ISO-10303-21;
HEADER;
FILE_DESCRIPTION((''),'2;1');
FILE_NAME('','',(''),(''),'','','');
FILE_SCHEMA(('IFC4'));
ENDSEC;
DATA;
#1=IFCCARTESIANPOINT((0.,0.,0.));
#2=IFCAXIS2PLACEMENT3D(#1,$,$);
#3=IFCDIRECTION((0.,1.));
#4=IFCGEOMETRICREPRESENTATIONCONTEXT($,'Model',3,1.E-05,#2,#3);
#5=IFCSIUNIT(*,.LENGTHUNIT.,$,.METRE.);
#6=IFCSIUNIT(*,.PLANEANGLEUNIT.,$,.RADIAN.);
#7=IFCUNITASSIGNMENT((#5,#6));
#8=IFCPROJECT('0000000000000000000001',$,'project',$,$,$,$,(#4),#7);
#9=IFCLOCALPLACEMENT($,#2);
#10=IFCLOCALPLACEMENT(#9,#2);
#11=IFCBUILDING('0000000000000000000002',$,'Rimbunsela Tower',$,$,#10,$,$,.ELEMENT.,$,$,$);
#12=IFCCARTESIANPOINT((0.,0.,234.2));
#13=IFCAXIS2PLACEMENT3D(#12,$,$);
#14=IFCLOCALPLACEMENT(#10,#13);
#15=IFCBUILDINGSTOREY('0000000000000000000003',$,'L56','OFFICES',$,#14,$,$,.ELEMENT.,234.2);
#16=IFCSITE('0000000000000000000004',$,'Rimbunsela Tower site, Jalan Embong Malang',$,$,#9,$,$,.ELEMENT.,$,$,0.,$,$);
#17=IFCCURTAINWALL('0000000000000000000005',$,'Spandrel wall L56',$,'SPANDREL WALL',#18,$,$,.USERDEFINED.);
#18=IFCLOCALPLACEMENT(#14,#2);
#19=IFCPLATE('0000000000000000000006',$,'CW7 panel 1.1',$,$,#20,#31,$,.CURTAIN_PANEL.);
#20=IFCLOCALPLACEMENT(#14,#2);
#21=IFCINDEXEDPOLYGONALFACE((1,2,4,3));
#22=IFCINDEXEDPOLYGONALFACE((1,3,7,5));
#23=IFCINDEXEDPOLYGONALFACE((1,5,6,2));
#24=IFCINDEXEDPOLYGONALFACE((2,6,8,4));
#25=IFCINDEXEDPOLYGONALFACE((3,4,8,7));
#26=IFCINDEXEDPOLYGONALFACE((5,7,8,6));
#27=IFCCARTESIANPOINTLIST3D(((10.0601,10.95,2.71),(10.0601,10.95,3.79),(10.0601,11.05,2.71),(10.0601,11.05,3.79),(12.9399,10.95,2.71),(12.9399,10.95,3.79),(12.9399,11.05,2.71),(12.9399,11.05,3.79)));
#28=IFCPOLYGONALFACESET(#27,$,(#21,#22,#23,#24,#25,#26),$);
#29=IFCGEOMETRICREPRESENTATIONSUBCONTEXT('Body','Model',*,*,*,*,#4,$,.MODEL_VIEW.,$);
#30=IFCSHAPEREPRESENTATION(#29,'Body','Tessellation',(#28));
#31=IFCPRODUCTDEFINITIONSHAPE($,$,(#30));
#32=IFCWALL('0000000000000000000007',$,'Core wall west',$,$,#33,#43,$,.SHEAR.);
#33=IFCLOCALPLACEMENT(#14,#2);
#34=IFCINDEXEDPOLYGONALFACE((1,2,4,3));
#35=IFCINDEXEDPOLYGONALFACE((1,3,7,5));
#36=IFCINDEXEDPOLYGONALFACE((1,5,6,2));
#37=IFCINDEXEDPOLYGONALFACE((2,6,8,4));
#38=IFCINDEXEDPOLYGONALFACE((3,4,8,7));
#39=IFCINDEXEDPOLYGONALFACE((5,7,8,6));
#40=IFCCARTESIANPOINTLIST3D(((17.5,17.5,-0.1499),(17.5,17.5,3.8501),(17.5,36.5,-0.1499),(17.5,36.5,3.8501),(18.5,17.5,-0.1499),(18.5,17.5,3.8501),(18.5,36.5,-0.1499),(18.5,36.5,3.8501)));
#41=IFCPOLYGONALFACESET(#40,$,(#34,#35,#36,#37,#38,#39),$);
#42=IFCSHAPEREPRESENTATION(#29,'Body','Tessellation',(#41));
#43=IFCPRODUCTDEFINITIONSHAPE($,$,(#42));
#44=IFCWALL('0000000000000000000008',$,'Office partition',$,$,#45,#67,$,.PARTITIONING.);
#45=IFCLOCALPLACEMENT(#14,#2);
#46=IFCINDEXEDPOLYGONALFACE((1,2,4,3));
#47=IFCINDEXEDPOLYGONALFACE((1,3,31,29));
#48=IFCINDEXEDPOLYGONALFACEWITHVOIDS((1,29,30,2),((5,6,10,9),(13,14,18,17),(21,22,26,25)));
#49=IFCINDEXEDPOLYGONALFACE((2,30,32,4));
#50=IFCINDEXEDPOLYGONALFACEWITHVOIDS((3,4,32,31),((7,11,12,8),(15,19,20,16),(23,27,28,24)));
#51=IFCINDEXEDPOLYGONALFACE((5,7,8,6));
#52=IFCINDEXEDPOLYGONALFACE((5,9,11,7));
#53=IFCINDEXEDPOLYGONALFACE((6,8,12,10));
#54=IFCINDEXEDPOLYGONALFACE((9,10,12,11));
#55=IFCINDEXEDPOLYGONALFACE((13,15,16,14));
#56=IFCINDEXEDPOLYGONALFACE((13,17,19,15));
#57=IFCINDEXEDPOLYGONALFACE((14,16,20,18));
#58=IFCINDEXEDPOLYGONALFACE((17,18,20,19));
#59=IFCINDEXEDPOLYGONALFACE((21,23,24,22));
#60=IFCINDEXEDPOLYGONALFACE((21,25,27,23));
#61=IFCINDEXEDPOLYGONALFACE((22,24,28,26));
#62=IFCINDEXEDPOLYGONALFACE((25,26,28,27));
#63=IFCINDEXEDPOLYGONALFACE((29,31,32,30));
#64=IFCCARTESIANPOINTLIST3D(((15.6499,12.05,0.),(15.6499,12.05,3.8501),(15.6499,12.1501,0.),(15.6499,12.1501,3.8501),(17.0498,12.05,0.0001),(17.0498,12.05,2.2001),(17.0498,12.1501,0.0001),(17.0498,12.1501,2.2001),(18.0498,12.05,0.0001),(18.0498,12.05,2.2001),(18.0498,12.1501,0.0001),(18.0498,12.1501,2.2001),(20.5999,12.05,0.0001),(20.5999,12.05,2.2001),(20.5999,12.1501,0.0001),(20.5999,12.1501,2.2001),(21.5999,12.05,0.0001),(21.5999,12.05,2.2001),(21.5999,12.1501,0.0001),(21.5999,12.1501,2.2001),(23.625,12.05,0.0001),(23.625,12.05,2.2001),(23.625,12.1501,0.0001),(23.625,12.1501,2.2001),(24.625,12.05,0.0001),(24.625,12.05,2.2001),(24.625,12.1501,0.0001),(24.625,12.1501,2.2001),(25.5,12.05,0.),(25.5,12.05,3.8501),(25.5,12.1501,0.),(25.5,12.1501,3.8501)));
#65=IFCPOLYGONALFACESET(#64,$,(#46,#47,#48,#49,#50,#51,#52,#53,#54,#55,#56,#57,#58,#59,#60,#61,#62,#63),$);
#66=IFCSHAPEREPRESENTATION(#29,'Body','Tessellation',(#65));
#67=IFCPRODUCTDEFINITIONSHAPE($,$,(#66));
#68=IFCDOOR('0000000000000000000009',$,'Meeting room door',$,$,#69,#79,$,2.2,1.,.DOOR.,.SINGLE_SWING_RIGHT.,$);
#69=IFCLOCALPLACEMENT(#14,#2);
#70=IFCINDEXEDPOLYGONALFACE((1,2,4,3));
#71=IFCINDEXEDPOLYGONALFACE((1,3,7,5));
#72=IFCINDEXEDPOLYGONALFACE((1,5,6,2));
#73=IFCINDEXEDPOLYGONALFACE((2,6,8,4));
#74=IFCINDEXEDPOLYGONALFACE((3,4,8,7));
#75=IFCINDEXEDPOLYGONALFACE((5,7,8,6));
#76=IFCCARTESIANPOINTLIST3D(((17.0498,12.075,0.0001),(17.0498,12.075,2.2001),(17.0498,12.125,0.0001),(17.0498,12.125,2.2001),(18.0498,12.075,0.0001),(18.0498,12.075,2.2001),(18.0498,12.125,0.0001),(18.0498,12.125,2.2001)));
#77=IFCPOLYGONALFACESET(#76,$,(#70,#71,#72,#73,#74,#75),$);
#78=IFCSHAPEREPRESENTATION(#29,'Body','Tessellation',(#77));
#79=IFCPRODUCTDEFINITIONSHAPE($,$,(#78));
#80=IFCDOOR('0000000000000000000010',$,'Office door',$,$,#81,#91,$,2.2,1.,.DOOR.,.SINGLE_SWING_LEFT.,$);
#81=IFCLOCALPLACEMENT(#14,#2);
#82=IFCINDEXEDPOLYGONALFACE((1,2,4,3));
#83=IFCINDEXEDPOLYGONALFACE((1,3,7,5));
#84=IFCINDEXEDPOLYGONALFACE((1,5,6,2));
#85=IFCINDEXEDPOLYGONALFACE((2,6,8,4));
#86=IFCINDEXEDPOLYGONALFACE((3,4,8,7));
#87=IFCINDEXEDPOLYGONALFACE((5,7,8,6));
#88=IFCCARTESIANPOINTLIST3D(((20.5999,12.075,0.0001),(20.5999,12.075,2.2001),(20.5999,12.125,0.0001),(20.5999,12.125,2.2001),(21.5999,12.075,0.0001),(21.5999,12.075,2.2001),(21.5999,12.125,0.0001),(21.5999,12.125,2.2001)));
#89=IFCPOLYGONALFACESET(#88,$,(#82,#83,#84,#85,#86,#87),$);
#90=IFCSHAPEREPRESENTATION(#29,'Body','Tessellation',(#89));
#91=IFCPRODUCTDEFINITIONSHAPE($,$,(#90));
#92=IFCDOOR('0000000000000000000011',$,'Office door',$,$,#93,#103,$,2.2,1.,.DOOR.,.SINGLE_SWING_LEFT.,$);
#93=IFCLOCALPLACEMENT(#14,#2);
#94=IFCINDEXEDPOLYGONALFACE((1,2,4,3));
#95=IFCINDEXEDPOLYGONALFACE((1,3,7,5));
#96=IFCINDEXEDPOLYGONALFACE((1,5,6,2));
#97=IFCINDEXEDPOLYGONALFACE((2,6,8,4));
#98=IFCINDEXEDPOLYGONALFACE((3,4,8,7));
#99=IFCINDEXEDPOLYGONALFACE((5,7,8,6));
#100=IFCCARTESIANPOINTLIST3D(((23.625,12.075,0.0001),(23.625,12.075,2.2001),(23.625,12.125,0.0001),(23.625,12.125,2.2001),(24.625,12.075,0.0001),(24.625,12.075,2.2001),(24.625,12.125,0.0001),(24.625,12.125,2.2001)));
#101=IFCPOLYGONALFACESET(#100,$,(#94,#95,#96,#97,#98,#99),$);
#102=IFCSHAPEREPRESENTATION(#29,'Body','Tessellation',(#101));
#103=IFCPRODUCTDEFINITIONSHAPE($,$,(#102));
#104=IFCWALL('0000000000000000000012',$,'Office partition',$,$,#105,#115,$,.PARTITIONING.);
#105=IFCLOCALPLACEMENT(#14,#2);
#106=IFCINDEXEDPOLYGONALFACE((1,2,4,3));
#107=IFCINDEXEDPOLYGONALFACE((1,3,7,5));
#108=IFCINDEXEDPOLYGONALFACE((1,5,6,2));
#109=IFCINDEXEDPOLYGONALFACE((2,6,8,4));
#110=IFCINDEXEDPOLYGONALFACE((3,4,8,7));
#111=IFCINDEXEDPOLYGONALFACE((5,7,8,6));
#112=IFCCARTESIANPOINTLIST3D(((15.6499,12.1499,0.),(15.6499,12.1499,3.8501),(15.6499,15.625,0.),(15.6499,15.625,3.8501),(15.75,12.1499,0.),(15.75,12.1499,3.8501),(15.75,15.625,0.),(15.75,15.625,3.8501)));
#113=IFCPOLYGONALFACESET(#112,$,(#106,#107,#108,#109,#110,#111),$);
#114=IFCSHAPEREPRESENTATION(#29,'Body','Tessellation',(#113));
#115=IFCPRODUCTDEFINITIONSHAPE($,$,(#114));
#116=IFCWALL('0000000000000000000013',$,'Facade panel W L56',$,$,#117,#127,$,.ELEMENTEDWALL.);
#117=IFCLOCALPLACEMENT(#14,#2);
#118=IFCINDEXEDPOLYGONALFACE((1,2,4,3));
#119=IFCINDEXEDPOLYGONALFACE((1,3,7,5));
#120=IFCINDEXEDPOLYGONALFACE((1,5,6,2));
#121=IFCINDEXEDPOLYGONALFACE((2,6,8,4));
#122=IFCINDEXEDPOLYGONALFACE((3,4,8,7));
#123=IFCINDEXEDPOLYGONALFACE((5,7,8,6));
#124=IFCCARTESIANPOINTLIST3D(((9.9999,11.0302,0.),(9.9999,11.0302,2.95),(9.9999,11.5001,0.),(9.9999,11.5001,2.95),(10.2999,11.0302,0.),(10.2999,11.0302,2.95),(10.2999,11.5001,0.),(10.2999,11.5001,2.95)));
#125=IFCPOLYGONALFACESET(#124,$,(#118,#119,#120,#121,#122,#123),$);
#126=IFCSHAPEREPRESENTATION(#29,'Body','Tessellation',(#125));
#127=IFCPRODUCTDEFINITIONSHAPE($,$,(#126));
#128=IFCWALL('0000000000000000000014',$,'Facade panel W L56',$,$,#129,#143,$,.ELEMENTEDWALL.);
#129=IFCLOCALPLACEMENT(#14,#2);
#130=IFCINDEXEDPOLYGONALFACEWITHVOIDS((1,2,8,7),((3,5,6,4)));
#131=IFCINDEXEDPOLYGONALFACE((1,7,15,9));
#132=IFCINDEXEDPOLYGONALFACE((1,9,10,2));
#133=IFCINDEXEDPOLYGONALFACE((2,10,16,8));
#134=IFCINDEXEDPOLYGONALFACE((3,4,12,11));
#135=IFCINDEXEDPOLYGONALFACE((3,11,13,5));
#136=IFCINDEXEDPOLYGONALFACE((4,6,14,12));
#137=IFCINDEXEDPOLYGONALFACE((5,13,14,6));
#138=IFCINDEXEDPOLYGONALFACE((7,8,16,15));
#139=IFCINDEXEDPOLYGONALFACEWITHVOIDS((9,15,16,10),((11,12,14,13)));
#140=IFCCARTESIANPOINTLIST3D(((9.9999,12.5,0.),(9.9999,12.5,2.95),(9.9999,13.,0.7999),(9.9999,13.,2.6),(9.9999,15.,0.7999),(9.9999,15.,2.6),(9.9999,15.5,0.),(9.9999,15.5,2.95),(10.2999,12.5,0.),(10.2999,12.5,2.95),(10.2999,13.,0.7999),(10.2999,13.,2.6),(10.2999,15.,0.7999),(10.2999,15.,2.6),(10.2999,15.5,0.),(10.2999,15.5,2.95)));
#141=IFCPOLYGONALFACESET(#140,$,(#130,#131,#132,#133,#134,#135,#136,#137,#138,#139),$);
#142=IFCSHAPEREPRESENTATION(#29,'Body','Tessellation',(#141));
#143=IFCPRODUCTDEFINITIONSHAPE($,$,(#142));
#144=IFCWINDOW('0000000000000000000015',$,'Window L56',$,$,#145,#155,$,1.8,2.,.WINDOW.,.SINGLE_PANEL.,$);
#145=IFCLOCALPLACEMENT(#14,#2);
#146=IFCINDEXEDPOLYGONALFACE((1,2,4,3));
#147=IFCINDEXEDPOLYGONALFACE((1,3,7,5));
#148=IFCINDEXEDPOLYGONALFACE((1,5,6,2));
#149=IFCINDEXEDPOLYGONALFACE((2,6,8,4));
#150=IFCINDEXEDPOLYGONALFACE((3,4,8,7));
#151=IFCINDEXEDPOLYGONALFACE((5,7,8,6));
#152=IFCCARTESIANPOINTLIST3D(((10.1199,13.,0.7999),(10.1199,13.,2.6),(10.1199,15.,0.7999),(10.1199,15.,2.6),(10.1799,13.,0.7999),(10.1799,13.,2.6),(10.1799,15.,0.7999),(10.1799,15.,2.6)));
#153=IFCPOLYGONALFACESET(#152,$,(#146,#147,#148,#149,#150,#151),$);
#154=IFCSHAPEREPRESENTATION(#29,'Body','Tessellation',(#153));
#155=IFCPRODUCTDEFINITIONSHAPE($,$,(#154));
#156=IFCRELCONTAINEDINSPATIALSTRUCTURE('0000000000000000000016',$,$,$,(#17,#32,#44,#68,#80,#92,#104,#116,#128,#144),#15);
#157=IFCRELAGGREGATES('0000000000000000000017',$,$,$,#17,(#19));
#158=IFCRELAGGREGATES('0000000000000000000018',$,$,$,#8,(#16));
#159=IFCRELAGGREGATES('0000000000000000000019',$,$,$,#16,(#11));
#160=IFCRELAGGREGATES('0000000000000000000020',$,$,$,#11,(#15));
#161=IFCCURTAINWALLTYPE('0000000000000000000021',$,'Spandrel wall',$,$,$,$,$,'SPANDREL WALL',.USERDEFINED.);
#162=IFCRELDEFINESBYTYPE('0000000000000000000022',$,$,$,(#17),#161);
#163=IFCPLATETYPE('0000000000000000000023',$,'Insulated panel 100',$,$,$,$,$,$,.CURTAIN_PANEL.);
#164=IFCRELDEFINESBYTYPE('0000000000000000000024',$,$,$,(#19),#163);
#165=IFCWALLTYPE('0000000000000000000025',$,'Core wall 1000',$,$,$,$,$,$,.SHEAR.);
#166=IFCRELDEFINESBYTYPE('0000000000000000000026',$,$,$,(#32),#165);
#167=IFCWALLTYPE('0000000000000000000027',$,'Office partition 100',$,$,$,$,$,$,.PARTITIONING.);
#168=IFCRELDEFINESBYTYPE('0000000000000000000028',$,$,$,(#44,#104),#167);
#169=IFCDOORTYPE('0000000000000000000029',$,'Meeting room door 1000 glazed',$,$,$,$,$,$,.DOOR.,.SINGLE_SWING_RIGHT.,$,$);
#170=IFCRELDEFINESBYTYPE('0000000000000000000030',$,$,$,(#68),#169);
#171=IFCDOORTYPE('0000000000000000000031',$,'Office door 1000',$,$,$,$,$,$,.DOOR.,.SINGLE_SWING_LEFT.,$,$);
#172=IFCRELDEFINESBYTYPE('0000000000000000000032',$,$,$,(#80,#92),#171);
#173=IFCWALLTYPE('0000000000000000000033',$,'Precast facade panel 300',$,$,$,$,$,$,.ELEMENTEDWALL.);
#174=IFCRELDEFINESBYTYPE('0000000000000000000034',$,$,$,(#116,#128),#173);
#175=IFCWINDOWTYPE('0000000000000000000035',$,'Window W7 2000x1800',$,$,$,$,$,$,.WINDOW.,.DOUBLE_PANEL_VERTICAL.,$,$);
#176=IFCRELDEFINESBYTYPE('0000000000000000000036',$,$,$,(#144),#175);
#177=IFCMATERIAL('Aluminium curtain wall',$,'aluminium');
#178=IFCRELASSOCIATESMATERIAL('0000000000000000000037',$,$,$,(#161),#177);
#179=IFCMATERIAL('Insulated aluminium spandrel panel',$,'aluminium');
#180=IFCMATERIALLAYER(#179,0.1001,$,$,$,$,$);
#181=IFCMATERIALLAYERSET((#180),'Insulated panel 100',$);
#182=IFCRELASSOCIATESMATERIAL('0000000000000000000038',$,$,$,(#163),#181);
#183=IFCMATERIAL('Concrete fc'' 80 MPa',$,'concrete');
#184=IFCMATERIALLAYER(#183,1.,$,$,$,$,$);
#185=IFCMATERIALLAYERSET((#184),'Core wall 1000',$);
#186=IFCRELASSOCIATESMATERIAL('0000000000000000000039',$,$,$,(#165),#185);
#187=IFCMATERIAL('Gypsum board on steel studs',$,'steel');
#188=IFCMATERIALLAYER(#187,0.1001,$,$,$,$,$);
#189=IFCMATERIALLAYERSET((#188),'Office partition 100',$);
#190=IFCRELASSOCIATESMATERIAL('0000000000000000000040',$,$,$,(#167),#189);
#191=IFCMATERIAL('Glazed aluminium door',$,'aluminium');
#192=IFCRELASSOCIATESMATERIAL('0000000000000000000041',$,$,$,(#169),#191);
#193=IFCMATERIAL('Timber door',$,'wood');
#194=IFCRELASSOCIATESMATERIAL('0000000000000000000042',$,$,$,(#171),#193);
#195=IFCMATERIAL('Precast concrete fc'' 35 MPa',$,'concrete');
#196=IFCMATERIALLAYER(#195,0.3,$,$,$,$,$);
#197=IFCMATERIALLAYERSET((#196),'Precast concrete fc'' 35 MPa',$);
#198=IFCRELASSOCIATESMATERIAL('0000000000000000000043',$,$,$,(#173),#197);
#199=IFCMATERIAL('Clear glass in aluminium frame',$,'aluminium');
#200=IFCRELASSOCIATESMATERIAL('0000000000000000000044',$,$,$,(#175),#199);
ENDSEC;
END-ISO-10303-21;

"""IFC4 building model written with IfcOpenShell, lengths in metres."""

from ifc_helpers import new_model, si_unit, direction, frame, frame_2d, origin, origin_2d, place, context, subcontext, project, spatial, rectangle, extrude, material, layer, layer_set, type_object, element, fill, aggregate, save


model = new_model("IFC4")

# Units and contexts
model_context = context("Model", 3, precision=1e-05, world=origin(), true_north=direction((0.0, 1.0)))
body_context = subcontext(model_context, "Body", "Model", "MODEL_VIEW")
ifc_project = project(units=[si_unit("LENGTHUNIT", "METRE"), si_unit("PLANEANGLEUNIT", "RADIAN")], contexts=[model_context])

# Site, building, storey
site_placement = place(None, origin())
site = spatial("IfcSite", under=ifc_project, at=site_placement, Name="Rimbunsela Tower site, Jalan Embong Malang", CompositionType="ELEMENT", RefElevation=0.0)
building_placement = place(site_placement, origin())
building = spatial("IfcBuilding", under=site, at=building_placement, Name="Rimbunsela Tower", CompositionType="ELEMENT")
storey_placement = place(building_placement, frame((0.0, 0.0, 234.2)))
storey = spatial("IfcBuildingStorey", under=building, at=storey_placement, Name="L56", Description="OFFICES", CompositionType="ELEMENT", Elevation=234.2)

# Curtain wall
ifc_material_1 = material(Name="Aluminium curtain wall", Category="aluminium")
curtain_wall_type_1 = type_object("IfcCurtainWallType", Name="Spandrel wall", ElementType="SPANDREL WALL", PredefinedType="USERDEFINED", material=ifc_material_1)
curtain_wall_1_placement = place(storey_placement, origin())
curtain_wall_1 = element("IfcCurtainWall", 1, at=curtain_wall_1_placement, inside=storey, type_object=curtain_wall_type_1, Name="Spandrel wall L56", ObjectType="SPANDREL WALL", PredefinedType="USERDEFINED")

# Plate
ifc_material_2 = material(Name="Insulated aluminium spandrel panel", Category="aluminium")
ifc_layer_1 = layer(ifc_material_2, 0.1001)
ifc_layer_set_1 = layer_set([ifc_layer_1], Name="Insulated panel 100")
plate_type_1 = type_object("IfcPlateType", Name="Insulated panel 100", PredefinedType="CURTAIN_PANEL", material=ifc_layer_set_1)
plate_1_placement = place(storey_placement, frame((11.5, 11.0, 2.71), z_axis=(0.0, 0.0, 1.0), x_axis=(1.0, 0.0, 0.0)))
plate_1 = element("IfcPlate", 2, at=plate_1_placement, type_object=plate_type_1, Name="CW7 panel 1.1", PredefinedType="CURTAIN_PANEL", context=body_context, shape_type="SweptSolid", body=[
    extrude(rectangle(XDim=2.8799, YDim=0.1001, at=origin_2d()), origin(), (0.0, 0.0, 1.0), 1.0801),
])
aggregate(curtain_wall_1, [plate_1])

# Wall
ifc_material_3 = material(Name="Concrete fc' 80 MPa", Category="concrete")
ifc_layer_2 = layer(ifc_material_3, 1.0)
ifc_layer_set_2 = layer_set([ifc_layer_2], Name="Core wall 1000")
wall_type_1 = type_object("IfcWallType", Name="Core wall 1000", PredefinedType="SHEAR", material=ifc_layer_set_2)
wall_1_placement = place(storey_placement, frame((18.0, 17.5, -0.1499), z_axis=(0.0, 0.0, 1.0), x_axis=(0.0, 1.0, 0.0)))
element("IfcWall", 3, at=wall_1_placement, inside=storey, type_object=wall_type_1, Name="Core wall west", PredefinedType="SHEAR", context=body_context, shape_type="SweptSolid", body=[
    extrude(rectangle(XDim=19.0, YDim=1.0, at=frame_2d((9.5, 0.0))), origin(), (0.0, 0.0, 1.0), 4.0),
])

# Wall, openings, doors
ifc_material_4 = material(Name="Gypsum board on steel studs", Category="steel")
ifc_layer_3 = layer(ifc_material_4, 0.1001)
ifc_layer_set_3 = layer_set([ifc_layer_3], Name="Office partition 100")
wall_type_2 = type_object("IfcWallType", Name="Office partition 100", PredefinedType="PARTITIONING", material=ifc_layer_set_3)
wall_2_placement = place(storey_placement, frame((15.6499, 12.1001, 0.0), z_axis=(0.0, 0.0, 1.0), x_axis=(1.0, 0.0, 0.0)))
wall_2 = element("IfcWall", 4, at=wall_2_placement, inside=storey, type_object=wall_type_2, Name="Office partition", PredefinedType="PARTITIONING", context=body_context, shape_type="SweptSolid", body=[
    extrude(rectangle(XDim=9.8501, YDim=0.1001, at=frame_2d((4.925, 0.0))), origin(), (0.0, 0.0, 1.0), 3.8501),
])
opening_1_placement = place(wall_2_placement, frame((1.3999, 0.0, 0.0)))
opening_1 = element("IfcOpeningElement", 5, at=opening_1_placement, cuts=wall_2, PredefinedType="OPENING", context=body_context, shape_type="SweptSolid", body=[
    extrude(rectangle(XDim=1.0, YDim=2.2, at=frame_2d((0.5, 1.1001))), frame((0.0, 0.0601, 0.0), z_axis=(0.0, -1.0, 0.0), x_axis=(1.0, 0.0, 0.0)), (0.0, 0.0, 1.0), 0.1201),
])
opening_2_placement = place(wall_2_placement, frame((4.95, 0.0, 0.0)))
opening_2 = element("IfcOpeningElement", 6, at=opening_2_placement, cuts=wall_2, PredefinedType="OPENING", context=body_context, shape_type="SweptSolid", body=[
    extrude(rectangle(XDim=1.0, YDim=2.2, at=frame_2d((0.5, 1.1001))), frame((0.0, 0.0601, 0.0), z_axis=(0.0, -1.0, 0.0), x_axis=(1.0, 0.0, 0.0)), (0.0, 0.0, 1.0), 0.1201),
])
opening_3_placement = place(wall_2_placement, frame((7.9751, 0.0, 0.0)))
opening_3 = element("IfcOpeningElement", 7, at=opening_3_placement, cuts=wall_2, PredefinedType="OPENING", context=body_context, shape_type="SweptSolid", body=[
    extrude(rectangle(XDim=1.0, YDim=2.2, at=frame_2d((0.5, 1.1001))), frame((0.0, 0.0601, 0.0), z_axis=(0.0, -1.0, 0.0), x_axis=(1.0, 0.0, 0.0)), (0.0, 0.0, 1.0), 0.1201),
])
ifc_material_5 = material(Name="Glazed aluminium door", Category="aluminium")
door_type_1 = type_object("IfcDoorType", Name="Meeting room door 1000 glazed", OperationType="SINGLE_SWING_RIGHT", PredefinedType="DOOR", material=ifc_material_5)
door_1_placement = place(opening_1_placement, origin())
door_1 = element("IfcDoor", 8, at=door_1_placement, inside=storey, type_object=door_type_1, Name="Meeting room door", OperationType="SINGLE_SWING_RIGHT", OverallHeight=2.2, OverallWidth=1.0, PredefinedType="DOOR", context=body_context, shape_type="SweptSolid", body=[
    extrude(rectangle(XDim=1.0, YDim=2.2, at=frame_2d((0.5, 1.1001))), frame((0.0, 0.0249, 0.0), z_axis=(0.0, -1.0, 0.0), x_axis=(1.0, 0.0, 0.0)), (0.0, 0.0, 1.0), 0.05),
])
fill(opening_1, door_1)
ifc_material_6 = material(Name="Timber door", Category="wood")
door_type_2 = type_object("IfcDoorType", Name="Office door 1000", OperationType="SINGLE_SWING_LEFT", PredefinedType="DOOR", material=ifc_material_6)
door_2_placement = place(opening_2_placement, origin())
door_2 = element("IfcDoor", 9, at=door_2_placement, inside=storey, type_object=door_type_2, Name="Office door", OperationType="SINGLE_SWING_LEFT", OverallHeight=2.2, OverallWidth=1.0, PredefinedType="DOOR", context=body_context, shape_type="SweptSolid", body=[
    extrude(rectangle(XDim=1.0, YDim=2.2, at=frame_2d((0.5, 1.1001))), frame((0.0, 0.0249, 0.0), z_axis=(0.0, -1.0, 0.0), x_axis=(1.0, 0.0, 0.0)), (0.0, 0.0, 1.0), 0.05),
])
fill(opening_2, door_2)
door_3_placement = place(opening_3_placement, origin())
door_3 = element("IfcDoor", 10, at=door_3_placement, inside=storey, type_object=door_type_2, Name="Office door", OperationType="SINGLE_SWING_LEFT", OverallHeight=2.2, OverallWidth=1.0, PredefinedType="DOOR", context=body_context, shape_type="SweptSolid", body=[
    extrude(rectangle(XDim=1.0, YDim=2.2, at=frame_2d((0.5, 1.1001))), frame((0.0, 0.0249, 0.0), z_axis=(0.0, -1.0, 0.0), x_axis=(1.0, 0.0, 0.0)), (0.0, 0.0, 1.0), 0.05),
])
fill(opening_3, door_3)

# Walls
wall_3_placement = place(storey_placement, frame((15.7, 12.1499, 0.0), z_axis=(0.0, 0.0, 1.0), x_axis=(0.0, 1.0, 0.0)))
element("IfcWall", 11, at=wall_3_placement, inside=storey, type_object=wall_type_2, Name="Office partition", PredefinedType="PARTITIONING", context=body_context, shape_type="SweptSolid", body=[
    extrude(rectangle(XDim=3.4751, YDim=0.1001, at=frame_2d((1.7375, 0.0))), origin(), (0.0, 0.0, 1.0), 3.8501),
])
ifc_material_7 = material(Name="Precast concrete fc' 35 MPa", Category="concrete")
ifc_layer_4 = layer(ifc_material_7, 0.3)
ifc_layer_set_4 = layer_set([ifc_layer_4], Name="Precast concrete fc' 35 MPa")
wall_type_3 = type_object("IfcWallType", Name="Precast facade panel 300", PredefinedType="ELEMENTEDWALL", material=ifc_layer_set_4)
wall_4_placement = place(storey_placement, frame((10.1499, 11.5, 0.0), z_axis=(0.0, 0.0, 1.0), x_axis=(0.0, -1.0, 0.0)))
element("IfcWall", 12, at=wall_4_placement, inside=storey, type_object=wall_type_3, Name="Facade panel W L56", PredefinedType="ELEMENTEDWALL", context=body_context, shape_type="SweptSolid", body=[
    extrude(rectangle(XDim=0.47, YDim=0.3, at=frame_2d((0.2349, 0.0))), origin(), (0.0, 0.0, 1.0), 2.95),
])

# Wall, opening, window
wall_5_placement = place(storey_placement, frame((10.1499, 15.5, 0.0), z_axis=(0.0, 0.0, 1.0), x_axis=(0.0, -1.0, 0.0)))
wall_5 = element("IfcWall", 13, at=wall_5_placement, inside=storey, type_object=wall_type_3, Name="Facade panel W L56", PredefinedType="ELEMENTEDWALL", context=body_context, shape_type="SweptSolid", body=[
    extrude(rectangle(XDim=3.0, YDim=0.3, at=frame_2d((1.5, 0.0))), origin(), (0.0, 0.0, 1.0), 2.95),
])
opening_4_placement = place(wall_5_placement, frame((0.5, 0.0, 0.8)))
opening_4 = element("IfcOpeningElement", 14, at=opening_4_placement, cuts=wall_5, PredefinedType="OPENING", context=body_context, shape_type="SweptSolid", body=[
    extrude(rectangle(XDim=2.0, YDim=1.8, at=frame_2d((1.0, 0.8999))), frame((0.0, 0.1599, 0.0), z_axis=(0.0, -1.0, 0.0), x_axis=(1.0, 0.0, 0.0)), (0.0, 0.0, 1.0), 0.3201),
])
ifc_material_8 = material(Name="Clear glass in aluminium frame", Category="aluminium")
window_type = type_object("IfcWindowType", Name="Window W7 2000x1800", PartitioningType="DOUBLE_PANEL_VERTICAL", PredefinedType="WINDOW", material=ifc_material_8)
window_1_placement = place(opening_4_placement, origin())
window_1 = element("IfcWindow", 15, at=window_1_placement, inside=storey, type_object=window_type, Name="Window L56", OverallHeight=1.8, OverallWidth=2.0, PartitioningType="SINGLE_PANEL", PredefinedType="WINDOW", context=body_context, shape_type="SweptSolid", body=[
    extrude(rectangle(XDim=2.0, YDim=1.8, at=frame_2d((1.0, 0.8999))), frame((0.0, 0.03, 0.0), z_axis=(0.0, -1.0, 0.0), x_axis=(1.0, 0.0, 0.0)), (0.0, 0.0, 1.0), 0.0601),
])
fill(opening_4, window_1)

save(model, "model.ifc")
